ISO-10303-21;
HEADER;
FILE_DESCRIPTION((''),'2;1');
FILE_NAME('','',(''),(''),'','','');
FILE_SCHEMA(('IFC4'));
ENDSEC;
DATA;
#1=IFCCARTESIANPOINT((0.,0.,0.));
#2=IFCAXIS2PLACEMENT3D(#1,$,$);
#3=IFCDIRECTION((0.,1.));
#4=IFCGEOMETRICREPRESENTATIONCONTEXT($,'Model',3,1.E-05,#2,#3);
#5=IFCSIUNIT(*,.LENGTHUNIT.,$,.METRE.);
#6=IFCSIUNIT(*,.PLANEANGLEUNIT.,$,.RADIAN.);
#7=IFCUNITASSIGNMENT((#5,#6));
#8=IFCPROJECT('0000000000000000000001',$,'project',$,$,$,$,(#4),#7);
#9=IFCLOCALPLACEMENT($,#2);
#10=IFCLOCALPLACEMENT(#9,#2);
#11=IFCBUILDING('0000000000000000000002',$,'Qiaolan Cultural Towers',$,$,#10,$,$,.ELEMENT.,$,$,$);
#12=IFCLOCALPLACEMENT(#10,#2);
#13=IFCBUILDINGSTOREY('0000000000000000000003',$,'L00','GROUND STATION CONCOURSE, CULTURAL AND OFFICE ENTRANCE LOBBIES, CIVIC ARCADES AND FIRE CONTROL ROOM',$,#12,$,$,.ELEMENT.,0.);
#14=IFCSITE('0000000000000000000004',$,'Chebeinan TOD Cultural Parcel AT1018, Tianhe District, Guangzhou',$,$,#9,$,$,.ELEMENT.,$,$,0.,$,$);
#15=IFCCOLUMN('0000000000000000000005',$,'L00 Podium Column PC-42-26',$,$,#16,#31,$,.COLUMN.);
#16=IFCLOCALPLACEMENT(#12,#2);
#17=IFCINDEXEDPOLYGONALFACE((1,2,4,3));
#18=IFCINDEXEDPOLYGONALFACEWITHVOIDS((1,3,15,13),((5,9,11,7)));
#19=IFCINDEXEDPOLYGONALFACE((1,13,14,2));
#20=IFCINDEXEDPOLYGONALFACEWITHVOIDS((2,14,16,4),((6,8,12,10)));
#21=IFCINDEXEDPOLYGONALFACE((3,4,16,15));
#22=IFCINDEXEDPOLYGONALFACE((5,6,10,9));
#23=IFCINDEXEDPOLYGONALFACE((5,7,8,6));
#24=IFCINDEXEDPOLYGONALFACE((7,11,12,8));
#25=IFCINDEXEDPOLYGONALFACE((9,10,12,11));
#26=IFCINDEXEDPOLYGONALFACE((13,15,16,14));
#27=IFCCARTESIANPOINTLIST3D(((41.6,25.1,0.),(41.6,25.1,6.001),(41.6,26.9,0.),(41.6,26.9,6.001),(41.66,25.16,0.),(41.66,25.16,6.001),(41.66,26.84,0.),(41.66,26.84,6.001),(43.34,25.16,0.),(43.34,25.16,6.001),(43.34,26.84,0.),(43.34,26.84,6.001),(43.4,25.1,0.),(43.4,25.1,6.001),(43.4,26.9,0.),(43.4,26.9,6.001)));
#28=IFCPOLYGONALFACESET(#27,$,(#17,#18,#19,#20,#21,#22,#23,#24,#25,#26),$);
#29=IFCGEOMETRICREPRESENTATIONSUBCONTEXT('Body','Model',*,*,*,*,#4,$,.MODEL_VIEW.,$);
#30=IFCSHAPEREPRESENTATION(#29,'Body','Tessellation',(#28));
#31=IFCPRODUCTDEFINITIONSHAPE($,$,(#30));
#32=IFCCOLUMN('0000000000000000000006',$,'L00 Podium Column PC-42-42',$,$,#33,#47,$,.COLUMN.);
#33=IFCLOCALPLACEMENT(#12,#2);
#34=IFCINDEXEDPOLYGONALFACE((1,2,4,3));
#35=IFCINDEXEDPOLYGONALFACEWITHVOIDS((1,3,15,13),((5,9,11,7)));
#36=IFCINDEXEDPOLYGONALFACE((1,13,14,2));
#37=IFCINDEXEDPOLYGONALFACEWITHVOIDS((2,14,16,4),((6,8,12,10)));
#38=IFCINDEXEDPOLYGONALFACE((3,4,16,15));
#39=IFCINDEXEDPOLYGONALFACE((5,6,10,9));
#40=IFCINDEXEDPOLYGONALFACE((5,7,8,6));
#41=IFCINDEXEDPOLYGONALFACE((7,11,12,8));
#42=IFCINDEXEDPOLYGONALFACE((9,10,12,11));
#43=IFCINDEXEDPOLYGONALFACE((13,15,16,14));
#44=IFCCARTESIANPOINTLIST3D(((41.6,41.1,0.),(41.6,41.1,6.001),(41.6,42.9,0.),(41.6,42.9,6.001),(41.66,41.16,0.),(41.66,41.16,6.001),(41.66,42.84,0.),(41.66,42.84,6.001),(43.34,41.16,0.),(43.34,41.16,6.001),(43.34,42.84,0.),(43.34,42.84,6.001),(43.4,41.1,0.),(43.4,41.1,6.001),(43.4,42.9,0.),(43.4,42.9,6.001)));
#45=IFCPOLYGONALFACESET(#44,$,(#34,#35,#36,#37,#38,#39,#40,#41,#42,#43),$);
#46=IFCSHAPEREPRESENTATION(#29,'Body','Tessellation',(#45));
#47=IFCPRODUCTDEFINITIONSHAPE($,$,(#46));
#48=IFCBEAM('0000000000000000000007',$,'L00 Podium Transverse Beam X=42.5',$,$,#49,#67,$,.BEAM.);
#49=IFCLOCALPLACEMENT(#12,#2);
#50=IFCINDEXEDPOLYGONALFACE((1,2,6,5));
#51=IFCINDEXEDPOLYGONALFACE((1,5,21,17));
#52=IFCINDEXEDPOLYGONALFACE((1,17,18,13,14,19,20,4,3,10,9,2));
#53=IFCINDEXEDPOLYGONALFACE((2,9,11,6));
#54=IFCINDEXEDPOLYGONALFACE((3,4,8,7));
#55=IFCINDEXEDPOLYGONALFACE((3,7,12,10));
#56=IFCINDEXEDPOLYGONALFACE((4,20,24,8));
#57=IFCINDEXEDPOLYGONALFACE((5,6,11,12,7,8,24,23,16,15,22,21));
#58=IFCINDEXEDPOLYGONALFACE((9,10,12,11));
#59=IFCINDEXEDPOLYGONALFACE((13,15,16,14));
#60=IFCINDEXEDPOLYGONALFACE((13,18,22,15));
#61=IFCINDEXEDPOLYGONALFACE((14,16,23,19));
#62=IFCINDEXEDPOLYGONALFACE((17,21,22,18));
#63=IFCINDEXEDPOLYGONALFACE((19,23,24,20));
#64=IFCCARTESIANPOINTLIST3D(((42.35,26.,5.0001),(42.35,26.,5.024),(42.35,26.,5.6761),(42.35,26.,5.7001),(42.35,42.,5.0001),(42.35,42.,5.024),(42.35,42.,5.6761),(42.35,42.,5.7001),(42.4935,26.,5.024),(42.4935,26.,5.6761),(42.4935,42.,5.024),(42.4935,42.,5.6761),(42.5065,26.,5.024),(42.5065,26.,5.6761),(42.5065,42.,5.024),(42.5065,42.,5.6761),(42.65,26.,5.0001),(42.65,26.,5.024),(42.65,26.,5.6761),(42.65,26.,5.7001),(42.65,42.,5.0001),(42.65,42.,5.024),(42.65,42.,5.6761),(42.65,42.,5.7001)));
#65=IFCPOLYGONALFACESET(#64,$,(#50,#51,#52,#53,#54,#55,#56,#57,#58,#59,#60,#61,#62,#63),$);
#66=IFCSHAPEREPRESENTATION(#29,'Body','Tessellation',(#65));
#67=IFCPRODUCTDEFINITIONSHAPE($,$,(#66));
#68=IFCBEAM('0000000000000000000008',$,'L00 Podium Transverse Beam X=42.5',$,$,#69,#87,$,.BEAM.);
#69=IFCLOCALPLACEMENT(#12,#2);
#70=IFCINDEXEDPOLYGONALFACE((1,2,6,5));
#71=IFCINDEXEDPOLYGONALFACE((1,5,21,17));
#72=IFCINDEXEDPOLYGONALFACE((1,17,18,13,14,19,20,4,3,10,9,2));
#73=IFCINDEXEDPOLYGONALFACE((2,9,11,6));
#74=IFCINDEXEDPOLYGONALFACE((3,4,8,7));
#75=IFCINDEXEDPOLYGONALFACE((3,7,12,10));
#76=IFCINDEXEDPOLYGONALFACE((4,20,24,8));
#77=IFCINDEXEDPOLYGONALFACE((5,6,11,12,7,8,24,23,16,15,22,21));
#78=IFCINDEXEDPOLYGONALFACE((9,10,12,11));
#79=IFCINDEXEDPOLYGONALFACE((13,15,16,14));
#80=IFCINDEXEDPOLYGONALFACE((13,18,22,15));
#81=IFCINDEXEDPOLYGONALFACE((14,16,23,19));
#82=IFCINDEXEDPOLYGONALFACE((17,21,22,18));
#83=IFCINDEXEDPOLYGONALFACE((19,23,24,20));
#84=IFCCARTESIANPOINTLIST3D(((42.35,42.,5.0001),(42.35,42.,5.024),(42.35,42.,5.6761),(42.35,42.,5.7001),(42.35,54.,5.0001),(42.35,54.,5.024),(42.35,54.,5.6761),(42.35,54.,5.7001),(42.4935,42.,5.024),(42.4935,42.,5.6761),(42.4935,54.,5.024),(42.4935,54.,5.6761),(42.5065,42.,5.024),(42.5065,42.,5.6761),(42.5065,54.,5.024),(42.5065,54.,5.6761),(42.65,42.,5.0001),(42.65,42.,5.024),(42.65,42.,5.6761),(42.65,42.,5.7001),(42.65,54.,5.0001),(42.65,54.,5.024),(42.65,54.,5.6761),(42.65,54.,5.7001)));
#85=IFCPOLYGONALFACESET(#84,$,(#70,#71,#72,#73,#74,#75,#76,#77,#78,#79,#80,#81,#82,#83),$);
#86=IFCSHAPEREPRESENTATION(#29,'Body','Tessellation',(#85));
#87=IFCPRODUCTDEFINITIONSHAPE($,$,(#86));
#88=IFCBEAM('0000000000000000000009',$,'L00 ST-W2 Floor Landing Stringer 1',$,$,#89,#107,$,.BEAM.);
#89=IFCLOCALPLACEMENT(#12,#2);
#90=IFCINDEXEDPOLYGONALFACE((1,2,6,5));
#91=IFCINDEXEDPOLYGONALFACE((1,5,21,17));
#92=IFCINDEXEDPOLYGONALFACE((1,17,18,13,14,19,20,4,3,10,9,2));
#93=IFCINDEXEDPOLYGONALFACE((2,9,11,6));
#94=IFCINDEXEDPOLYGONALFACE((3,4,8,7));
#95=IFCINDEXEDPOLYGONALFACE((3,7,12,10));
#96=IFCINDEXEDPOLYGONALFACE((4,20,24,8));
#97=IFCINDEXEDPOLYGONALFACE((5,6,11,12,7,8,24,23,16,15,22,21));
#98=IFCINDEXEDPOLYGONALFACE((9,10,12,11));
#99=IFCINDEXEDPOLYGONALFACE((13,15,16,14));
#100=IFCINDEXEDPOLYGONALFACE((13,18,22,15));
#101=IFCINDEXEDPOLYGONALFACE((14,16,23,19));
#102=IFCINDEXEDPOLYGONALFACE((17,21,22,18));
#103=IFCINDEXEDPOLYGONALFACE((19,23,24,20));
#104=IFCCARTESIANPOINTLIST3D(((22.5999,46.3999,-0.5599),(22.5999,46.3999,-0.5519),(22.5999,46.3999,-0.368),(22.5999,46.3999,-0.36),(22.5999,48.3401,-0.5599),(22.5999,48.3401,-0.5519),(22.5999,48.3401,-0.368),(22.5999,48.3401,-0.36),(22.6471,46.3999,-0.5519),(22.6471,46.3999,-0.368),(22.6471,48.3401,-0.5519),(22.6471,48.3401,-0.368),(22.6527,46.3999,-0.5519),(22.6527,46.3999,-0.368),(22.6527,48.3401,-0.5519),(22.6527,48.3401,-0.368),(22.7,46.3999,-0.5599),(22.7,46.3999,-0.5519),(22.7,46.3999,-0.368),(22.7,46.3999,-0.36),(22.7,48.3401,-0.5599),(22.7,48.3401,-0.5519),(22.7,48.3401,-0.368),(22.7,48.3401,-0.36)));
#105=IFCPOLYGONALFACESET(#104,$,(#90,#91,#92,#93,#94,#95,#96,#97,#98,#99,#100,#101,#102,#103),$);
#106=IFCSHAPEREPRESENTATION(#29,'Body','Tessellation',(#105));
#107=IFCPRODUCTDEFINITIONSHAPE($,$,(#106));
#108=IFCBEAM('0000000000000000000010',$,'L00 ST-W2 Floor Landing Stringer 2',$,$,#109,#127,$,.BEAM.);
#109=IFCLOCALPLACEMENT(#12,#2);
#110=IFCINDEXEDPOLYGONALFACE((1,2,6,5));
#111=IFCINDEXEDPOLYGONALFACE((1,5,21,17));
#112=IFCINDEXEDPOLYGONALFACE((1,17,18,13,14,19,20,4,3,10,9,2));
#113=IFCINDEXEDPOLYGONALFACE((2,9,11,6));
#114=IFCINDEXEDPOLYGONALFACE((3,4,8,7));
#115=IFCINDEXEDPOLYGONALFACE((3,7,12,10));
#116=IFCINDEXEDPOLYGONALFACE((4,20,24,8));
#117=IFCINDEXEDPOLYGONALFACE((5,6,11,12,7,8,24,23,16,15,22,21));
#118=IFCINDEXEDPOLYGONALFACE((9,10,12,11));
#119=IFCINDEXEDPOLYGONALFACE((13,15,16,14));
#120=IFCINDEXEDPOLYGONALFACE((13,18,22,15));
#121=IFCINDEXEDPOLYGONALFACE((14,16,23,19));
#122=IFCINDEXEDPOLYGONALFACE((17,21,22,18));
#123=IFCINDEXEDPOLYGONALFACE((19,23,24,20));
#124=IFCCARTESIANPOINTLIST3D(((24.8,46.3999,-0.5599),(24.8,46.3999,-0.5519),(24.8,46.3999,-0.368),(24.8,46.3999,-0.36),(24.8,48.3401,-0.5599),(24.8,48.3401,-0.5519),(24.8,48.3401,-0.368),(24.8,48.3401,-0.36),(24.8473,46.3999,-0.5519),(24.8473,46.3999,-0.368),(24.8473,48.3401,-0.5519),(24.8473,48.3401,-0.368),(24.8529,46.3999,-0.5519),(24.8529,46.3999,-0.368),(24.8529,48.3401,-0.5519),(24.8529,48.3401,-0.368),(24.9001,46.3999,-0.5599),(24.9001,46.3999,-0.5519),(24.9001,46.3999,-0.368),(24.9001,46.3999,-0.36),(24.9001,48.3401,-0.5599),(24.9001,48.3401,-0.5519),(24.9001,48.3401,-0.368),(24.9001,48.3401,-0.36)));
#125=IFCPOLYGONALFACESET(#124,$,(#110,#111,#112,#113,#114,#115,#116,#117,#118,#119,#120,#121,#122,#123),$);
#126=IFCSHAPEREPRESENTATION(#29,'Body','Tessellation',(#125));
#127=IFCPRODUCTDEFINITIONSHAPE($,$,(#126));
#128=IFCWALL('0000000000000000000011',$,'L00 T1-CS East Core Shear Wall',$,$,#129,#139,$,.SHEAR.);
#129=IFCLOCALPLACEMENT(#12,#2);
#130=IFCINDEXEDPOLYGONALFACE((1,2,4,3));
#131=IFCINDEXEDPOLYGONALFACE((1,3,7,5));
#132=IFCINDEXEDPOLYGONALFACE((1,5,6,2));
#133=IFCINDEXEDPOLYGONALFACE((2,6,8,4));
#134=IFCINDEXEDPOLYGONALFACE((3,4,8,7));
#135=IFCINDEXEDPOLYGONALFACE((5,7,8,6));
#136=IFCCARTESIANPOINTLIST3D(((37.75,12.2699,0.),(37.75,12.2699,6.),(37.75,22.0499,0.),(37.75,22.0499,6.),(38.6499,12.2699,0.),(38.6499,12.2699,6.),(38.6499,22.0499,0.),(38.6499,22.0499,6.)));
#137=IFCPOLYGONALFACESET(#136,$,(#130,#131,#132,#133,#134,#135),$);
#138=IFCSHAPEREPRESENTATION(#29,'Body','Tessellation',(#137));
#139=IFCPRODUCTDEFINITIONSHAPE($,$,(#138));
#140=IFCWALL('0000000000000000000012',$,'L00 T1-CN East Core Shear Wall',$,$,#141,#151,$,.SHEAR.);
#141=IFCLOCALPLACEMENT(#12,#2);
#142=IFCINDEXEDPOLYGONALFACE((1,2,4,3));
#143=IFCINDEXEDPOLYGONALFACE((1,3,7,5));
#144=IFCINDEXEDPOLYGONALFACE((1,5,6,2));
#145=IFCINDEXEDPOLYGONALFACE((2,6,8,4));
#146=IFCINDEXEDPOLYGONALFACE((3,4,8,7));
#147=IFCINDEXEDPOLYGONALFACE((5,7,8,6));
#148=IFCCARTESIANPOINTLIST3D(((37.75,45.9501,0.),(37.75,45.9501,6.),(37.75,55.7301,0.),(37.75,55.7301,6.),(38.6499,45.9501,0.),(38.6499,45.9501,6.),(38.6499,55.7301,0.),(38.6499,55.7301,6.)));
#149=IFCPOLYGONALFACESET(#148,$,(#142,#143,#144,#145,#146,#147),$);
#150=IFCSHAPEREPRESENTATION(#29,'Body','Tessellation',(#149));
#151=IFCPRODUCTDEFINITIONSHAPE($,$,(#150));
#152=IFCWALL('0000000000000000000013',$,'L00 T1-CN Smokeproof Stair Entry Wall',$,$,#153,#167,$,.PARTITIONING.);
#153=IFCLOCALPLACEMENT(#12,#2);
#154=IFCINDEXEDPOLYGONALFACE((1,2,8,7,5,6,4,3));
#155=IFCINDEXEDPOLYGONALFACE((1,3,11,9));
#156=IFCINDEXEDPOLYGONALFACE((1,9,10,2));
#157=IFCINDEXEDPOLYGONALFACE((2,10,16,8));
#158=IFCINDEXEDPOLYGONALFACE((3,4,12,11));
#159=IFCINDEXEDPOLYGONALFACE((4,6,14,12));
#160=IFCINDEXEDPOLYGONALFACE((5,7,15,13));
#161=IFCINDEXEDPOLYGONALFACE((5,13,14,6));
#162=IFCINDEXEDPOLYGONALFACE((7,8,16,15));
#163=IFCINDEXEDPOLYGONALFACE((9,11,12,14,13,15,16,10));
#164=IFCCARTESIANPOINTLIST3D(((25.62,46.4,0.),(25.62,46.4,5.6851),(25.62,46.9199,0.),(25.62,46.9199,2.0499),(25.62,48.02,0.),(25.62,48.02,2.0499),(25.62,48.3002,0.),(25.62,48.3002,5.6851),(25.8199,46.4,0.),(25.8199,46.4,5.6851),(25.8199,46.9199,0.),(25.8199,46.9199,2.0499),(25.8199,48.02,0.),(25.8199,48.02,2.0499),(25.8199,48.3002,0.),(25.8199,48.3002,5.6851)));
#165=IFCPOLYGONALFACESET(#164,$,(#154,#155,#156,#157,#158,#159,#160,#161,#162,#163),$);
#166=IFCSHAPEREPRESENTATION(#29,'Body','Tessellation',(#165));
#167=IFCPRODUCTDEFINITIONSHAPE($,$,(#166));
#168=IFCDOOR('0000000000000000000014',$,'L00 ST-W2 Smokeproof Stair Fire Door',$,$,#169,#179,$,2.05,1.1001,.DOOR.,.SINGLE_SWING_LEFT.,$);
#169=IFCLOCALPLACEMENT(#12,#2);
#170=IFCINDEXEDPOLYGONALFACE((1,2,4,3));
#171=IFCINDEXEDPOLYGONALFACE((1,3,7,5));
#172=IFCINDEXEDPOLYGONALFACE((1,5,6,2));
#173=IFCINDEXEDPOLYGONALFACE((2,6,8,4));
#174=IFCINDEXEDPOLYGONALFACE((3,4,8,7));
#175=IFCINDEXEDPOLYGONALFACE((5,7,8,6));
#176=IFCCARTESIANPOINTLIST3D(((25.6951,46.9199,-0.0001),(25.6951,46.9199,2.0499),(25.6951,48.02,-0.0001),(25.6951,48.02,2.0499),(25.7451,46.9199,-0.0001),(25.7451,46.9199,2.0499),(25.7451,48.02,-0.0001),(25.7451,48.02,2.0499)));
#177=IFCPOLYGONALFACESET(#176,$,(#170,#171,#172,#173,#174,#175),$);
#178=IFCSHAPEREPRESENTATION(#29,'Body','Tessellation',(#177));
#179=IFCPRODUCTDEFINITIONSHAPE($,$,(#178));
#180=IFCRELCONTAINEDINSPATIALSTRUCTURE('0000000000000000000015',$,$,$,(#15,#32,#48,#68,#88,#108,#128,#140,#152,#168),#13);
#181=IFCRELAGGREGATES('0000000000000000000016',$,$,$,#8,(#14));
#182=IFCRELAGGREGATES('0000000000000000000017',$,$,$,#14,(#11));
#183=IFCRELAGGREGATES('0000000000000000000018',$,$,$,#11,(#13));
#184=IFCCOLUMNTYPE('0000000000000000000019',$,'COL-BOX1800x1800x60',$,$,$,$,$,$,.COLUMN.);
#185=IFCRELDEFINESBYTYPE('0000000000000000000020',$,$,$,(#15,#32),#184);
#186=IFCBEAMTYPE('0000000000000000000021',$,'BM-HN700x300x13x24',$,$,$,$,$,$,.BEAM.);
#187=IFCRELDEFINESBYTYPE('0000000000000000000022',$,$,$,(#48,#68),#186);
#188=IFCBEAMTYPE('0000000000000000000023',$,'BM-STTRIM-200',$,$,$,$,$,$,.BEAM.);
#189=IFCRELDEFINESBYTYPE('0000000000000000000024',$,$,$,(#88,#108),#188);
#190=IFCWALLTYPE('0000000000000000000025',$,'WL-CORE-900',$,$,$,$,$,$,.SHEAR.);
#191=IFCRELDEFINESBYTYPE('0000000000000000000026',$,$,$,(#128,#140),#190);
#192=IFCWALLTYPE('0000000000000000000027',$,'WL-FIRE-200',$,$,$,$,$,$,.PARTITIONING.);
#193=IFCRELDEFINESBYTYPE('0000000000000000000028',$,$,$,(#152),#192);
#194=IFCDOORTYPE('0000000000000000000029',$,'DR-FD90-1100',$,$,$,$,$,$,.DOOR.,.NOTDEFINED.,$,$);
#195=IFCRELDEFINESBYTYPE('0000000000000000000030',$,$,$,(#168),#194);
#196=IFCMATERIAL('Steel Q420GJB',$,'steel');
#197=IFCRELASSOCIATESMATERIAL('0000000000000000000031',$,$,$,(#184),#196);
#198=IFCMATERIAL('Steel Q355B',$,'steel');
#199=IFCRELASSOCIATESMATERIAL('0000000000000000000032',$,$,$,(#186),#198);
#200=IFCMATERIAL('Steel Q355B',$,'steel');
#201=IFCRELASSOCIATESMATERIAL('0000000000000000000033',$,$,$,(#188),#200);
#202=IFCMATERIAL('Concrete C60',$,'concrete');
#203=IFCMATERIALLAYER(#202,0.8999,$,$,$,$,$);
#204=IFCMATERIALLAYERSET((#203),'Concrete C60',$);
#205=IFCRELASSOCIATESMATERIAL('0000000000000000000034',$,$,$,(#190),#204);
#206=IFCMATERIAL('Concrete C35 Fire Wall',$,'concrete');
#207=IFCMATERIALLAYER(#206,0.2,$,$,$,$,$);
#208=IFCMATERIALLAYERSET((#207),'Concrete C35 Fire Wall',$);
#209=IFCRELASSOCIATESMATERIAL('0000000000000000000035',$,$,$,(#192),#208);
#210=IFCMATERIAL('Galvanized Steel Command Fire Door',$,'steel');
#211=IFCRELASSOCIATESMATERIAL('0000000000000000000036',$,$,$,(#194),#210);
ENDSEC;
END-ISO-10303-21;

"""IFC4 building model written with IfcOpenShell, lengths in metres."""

from ifc_helpers import new_model, si_unit, direction, frame, frame_2d, origin, origin_2d, place, context, subcontext, project, spatial, rectangle, hollow_rectangle, i_section, extrude, material, layer, layer_set, material_profile, profile_set, type_object, element, fill, save


model = new_model("IFC4")

# Units and contexts
model_context = context("Model", 3, precision=1e-05, world=origin(), true_north=direction((0.0, 1.0)))
body_context = subcontext(model_context, "Body", "Model", "MODEL_VIEW")
ifc_project = project(units=[si_unit("LENGTHUNIT", "METRE"), si_unit("PLANEANGLEUNIT", "RADIAN")], contexts=[model_context])

# Site, building, storey
site_placement = place(None, origin())
site = spatial("IfcSite", under=ifc_project, at=site_placement, Name="Chebeinan TOD Cultural Parcel AT1018, Tianhe District, Guangzhou", CompositionType="ELEMENT", RefElevation=0.0)
building_placement = place(site_placement, origin())
building = spatial("IfcBuilding", under=site, at=building_placement, Name="Qiaolan Cultural Towers", CompositionType="ELEMENT")
storey_placement = place(building_placement, origin())
storey = spatial("IfcBuildingStorey", under=building, at=storey_placement, Name="L00", Description="GROUND STATION CONCOURSE, CULTURAL AND OFFICE ENTRANCE LOBBIES, CIVIC ARCADES AND FIRE CONTROL ROOM", CompositionType="ELEMENT", Elevation=0.0)

# Columns
ifc_material_1 = material(Name="Steel Q420GJB", Category="steel")
ifc_material_profile_1 = material_profile(ifc_material_1, hollow_rectangle(XDim=1.8, YDim=1.8, WallThickness=0.0601, at=origin_2d()), Name="BOX1800x1800x60")
ifc_profile_set_1 = profile_set([ifc_material_profile_1], Name="Steel Q420GJB")
column_type = type_object("IfcColumnType", Name="COL-BOX1800x1800x60", PredefinedType="COLUMN", material=ifc_profile_set_1)
for number, where, z_axis, x_axis, name in (
    (1, (42.5, 26.0, 0.0), (0.0, 0.0, 1.0), (1.0, 0.0, 0.0), "L00 Podium Column PC-42-26"),
    (2, (42.5, 42.0, 0.0), (0.0, 0.0, 1.0), (1.0, 0.0, 0.0), "L00 Podium Column PC-42-42"),
):
    element("IfcColumn", number, at=place(storey_placement, frame(where, z_axis=z_axis, x_axis=x_axis)), inside=storey, type_object=column_type, Name=name, PredefinedType="COLUMN", context=body_context, shape_type="SweptSolid", body=[
        extrude(hollow_rectangle(XDim=1.8, YDim=1.8, WallThickness=0.0601, at=origin_2d()), origin(), (0.0, 0.0, 1.0), 6.001),
    ])

# Beams
ifc_material_2 = material(Name="Steel Q355B", Category="steel")
ifc_material_profile_2 = material_profile(ifc_material_2, i_section(OverallWidth=0.3, OverallDepth=0.7, WebThickness=0.0129, FlangeThickness=0.0239, at=origin_2d()), Name="HN700x300x13x24")
ifc_profile_set_2 = profile_set([ifc_material_profile_2], Name="Steel Q355B")
beam_type_1 = type_object("IfcBeamType", Name="BM-HN700x300x13x24", PredefinedType="BEAM", material=ifc_profile_set_2)
beam_1_placement = place(storey_placement, frame((42.5, 26.0, 5.3501), z_axis=(0.0, 1.0, 0.0), x_axis=(-1.0, 0.0, 0.0)))
element("IfcBeam", 3, at=beam_1_placement, inside=storey, type_object=beam_type_1, Name="L00 Podium Transverse Beam X=42.5", PredefinedType="BEAM", context=body_context, shape_type="SweptSolid", body=[
    extrude(i_section(OverallWidth=0.3, OverallDepth=0.7, WebThickness=0.0129, FlangeThickness=0.0239, at=origin_2d()), origin(), (0.0, 0.0, 1.0), 16.0),
])
beam_2_placement = place(storey_placement, frame((42.5, 42.0, 5.3501), z_axis=(0.0, 1.0, 0.0), x_axis=(-1.0, 0.0, 0.0)))
element("IfcBeam", 4, at=beam_2_placement, inside=storey, type_object=beam_type_1, Name="L00 Podium Transverse Beam X=42.5", PredefinedType="BEAM", context=body_context, shape_type="SweptSolid", body=[
    extrude(i_section(OverallWidth=0.3, OverallDepth=0.7, WebThickness=0.0129, FlangeThickness=0.0239, at=origin_2d()), origin(), (0.0, 0.0, 1.0), 12.0),
])
ifc_material_3 = material(Name="Steel Q355B", Category="steel")
ifc_material_profile_3 = material_profile(ifc_material_3, i_section(OverallWidth=0.1001, OverallDepth=0.2, WebThickness=0.0056, FlangeThickness=0.0081, at=origin_2d()), Name="HN200x100x5.5x8")
ifc_profile_set_3 = profile_set([ifc_material_profile_3], Name="Steel Q355B")
beam_type_2 = type_object("IfcBeamType", Name="BM-STTRIM-200", PredefinedType="BEAM", material=ifc_profile_set_3)
for number, where, z_axis, x_axis, name in (
    (5, (22.6499, 46.3999, -0.46), (0.0, 1.0, 0.0), (-1.0, 0.0, 0.0), "L00 ST-W2 Floor Landing Stringer 1"),
    (6, (24.8501, 46.3999, -0.46), (0.0, 1.0, 0.0), (-1.0, 0.0, 0.0), "L00 ST-W2 Floor Landing Stringer 2"),
):
    element("IfcBeam", number, at=place(storey_placement, frame(where, z_axis=z_axis, x_axis=x_axis)), inside=storey, type_object=beam_type_2, Name=name, PredefinedType="BEAM", context=body_context, shape_type="SweptSolid", body=[
        extrude(i_section(OverallWidth=0.1001, OverallDepth=0.2, WebThickness=0.0056, FlangeThickness=0.0081, at=origin_2d()), origin(), (0.0, 0.0, 1.0), 1.9402),
    ])

# Walls
ifc_material_4 = material(Name="Concrete C60", Category="concrete")
ifc_layer_1 = layer(ifc_material_4, 0.8999)
ifc_layer_set_1 = layer_set([ifc_layer_1], Name="Concrete C60")
wall_type_1 = type_object("IfcWallType", Name="WL-CORE-900", PredefinedType="SHEAR", material=ifc_layer_set_1)
for number, where, z_axis, x_axis, name in (
    (7, (38.2, 22.05, 0.0), (0.0, 0.0, 1.0), (0.0, -1.0, 0.0), "L00 T1-CS East Core Shear Wall"),
    (8, (38.2, 45.95, 0.0), (0.0, 0.0, 1.0), (0.0, 1.0, 0.0), "L00 T1-CN East Core Shear Wall"),
):
    element("IfcWall", number, at=place(storey_placement, frame(where, z_axis=z_axis, x_axis=x_axis)), inside=storey, type_object=wall_type_1, Name=name, PredefinedType="SHEAR", context=body_context, shape_type="SweptSolid", body=[
        extrude(rectangle(XDim=9.78, YDim=0.8999, at=frame_2d((4.8901, 0.0))), origin(), (0.0, 0.0, 1.0), 6.0),
    ])

# Wall, opening, door
ifc_material_5 = material(Name="Concrete C35 Fire Wall", Category="concrete")
ifc_layer_2 = layer(ifc_material_5, 0.2)
ifc_layer_set_2 = layer_set([ifc_layer_2], Name="Concrete C35 Fire Wall")
wall_type_2 = type_object("IfcWallType", Name="WL-FIRE-200", PredefinedType="PARTITIONING", material=ifc_layer_set_2)
wall_1_placement = place(storey_placement, frame((25.72, 46.3999, 0.0), z_axis=(0.0, 0.0, 1.0), x_axis=(0.0, 1.0, 0.0)))
wall_1 = element("IfcWall", 9, at=wall_1_placement, inside=storey, type_object=wall_type_2, Name="L00 T1-CN Smokeproof Stair Entry Wall", PredefinedType="PARTITIONING", context=body_context, shape_type="SweptSolid", body=[
    extrude(rectangle(XDim=1.9001, YDim=0.2, at=frame_2d((0.9502, 0.0))), origin(), (0.0, 0.0, 1.0), 5.6851),
])
opening_1_placement = place(wall_1_placement, frame((0.52, 0.0, 0.0)))
opening_1 = element("IfcOpeningElement", 10, at=opening_1_placement, cuts=wall_1, PredefinedType="OPENING", context=body_context, shape_type="SweptSolid", body=[
    extrude(rectangle(XDim=1.1001, YDim=2.05, at=frame_2d((0.55, 1.0249))), frame((0.0, 0.1099, 0.0), z_axis=(0.0, -1.0, 0.0), x_axis=(1.0, 0.0, 0.0)), (0.0, 0.0, 1.0), 0.22),
])
ifc_material_6 = material(Name="Galvanized Steel Command Fire Door", Category="steel")
door_type_1 = type_object("IfcDoorType", Name="DR-FD90-1100", OperationType="NOTDEFINED", PredefinedType="DOOR", material=ifc_material_6)
door_1_placement = place(opening_1_placement, origin())
door_1 = element("IfcDoor", 11, at=door_1_placement, inside=storey, type_object=door_type_1, Name="L00 ST-W2 Smokeproof Stair Fire Door", OperationType="SINGLE_SWING_LEFT", OverallHeight=2.05, OverallWidth=1.1001, PredefinedType="DOOR", context=body_context, shape_type="SweptSolid", body=[
    extrude(rectangle(XDim=1.1001, YDim=2.05, at=frame_2d((0.55, 1.0249))), frame((0.0, 0.0249, 0.0), z_axis=(0.0, -1.0, 0.0), x_axis=(1.0, 0.0, 0.0)), (0.0, 0.0, 1.0), 0.05),
])
fill(opening_1, door_1)

save(model, "model.ifc")
